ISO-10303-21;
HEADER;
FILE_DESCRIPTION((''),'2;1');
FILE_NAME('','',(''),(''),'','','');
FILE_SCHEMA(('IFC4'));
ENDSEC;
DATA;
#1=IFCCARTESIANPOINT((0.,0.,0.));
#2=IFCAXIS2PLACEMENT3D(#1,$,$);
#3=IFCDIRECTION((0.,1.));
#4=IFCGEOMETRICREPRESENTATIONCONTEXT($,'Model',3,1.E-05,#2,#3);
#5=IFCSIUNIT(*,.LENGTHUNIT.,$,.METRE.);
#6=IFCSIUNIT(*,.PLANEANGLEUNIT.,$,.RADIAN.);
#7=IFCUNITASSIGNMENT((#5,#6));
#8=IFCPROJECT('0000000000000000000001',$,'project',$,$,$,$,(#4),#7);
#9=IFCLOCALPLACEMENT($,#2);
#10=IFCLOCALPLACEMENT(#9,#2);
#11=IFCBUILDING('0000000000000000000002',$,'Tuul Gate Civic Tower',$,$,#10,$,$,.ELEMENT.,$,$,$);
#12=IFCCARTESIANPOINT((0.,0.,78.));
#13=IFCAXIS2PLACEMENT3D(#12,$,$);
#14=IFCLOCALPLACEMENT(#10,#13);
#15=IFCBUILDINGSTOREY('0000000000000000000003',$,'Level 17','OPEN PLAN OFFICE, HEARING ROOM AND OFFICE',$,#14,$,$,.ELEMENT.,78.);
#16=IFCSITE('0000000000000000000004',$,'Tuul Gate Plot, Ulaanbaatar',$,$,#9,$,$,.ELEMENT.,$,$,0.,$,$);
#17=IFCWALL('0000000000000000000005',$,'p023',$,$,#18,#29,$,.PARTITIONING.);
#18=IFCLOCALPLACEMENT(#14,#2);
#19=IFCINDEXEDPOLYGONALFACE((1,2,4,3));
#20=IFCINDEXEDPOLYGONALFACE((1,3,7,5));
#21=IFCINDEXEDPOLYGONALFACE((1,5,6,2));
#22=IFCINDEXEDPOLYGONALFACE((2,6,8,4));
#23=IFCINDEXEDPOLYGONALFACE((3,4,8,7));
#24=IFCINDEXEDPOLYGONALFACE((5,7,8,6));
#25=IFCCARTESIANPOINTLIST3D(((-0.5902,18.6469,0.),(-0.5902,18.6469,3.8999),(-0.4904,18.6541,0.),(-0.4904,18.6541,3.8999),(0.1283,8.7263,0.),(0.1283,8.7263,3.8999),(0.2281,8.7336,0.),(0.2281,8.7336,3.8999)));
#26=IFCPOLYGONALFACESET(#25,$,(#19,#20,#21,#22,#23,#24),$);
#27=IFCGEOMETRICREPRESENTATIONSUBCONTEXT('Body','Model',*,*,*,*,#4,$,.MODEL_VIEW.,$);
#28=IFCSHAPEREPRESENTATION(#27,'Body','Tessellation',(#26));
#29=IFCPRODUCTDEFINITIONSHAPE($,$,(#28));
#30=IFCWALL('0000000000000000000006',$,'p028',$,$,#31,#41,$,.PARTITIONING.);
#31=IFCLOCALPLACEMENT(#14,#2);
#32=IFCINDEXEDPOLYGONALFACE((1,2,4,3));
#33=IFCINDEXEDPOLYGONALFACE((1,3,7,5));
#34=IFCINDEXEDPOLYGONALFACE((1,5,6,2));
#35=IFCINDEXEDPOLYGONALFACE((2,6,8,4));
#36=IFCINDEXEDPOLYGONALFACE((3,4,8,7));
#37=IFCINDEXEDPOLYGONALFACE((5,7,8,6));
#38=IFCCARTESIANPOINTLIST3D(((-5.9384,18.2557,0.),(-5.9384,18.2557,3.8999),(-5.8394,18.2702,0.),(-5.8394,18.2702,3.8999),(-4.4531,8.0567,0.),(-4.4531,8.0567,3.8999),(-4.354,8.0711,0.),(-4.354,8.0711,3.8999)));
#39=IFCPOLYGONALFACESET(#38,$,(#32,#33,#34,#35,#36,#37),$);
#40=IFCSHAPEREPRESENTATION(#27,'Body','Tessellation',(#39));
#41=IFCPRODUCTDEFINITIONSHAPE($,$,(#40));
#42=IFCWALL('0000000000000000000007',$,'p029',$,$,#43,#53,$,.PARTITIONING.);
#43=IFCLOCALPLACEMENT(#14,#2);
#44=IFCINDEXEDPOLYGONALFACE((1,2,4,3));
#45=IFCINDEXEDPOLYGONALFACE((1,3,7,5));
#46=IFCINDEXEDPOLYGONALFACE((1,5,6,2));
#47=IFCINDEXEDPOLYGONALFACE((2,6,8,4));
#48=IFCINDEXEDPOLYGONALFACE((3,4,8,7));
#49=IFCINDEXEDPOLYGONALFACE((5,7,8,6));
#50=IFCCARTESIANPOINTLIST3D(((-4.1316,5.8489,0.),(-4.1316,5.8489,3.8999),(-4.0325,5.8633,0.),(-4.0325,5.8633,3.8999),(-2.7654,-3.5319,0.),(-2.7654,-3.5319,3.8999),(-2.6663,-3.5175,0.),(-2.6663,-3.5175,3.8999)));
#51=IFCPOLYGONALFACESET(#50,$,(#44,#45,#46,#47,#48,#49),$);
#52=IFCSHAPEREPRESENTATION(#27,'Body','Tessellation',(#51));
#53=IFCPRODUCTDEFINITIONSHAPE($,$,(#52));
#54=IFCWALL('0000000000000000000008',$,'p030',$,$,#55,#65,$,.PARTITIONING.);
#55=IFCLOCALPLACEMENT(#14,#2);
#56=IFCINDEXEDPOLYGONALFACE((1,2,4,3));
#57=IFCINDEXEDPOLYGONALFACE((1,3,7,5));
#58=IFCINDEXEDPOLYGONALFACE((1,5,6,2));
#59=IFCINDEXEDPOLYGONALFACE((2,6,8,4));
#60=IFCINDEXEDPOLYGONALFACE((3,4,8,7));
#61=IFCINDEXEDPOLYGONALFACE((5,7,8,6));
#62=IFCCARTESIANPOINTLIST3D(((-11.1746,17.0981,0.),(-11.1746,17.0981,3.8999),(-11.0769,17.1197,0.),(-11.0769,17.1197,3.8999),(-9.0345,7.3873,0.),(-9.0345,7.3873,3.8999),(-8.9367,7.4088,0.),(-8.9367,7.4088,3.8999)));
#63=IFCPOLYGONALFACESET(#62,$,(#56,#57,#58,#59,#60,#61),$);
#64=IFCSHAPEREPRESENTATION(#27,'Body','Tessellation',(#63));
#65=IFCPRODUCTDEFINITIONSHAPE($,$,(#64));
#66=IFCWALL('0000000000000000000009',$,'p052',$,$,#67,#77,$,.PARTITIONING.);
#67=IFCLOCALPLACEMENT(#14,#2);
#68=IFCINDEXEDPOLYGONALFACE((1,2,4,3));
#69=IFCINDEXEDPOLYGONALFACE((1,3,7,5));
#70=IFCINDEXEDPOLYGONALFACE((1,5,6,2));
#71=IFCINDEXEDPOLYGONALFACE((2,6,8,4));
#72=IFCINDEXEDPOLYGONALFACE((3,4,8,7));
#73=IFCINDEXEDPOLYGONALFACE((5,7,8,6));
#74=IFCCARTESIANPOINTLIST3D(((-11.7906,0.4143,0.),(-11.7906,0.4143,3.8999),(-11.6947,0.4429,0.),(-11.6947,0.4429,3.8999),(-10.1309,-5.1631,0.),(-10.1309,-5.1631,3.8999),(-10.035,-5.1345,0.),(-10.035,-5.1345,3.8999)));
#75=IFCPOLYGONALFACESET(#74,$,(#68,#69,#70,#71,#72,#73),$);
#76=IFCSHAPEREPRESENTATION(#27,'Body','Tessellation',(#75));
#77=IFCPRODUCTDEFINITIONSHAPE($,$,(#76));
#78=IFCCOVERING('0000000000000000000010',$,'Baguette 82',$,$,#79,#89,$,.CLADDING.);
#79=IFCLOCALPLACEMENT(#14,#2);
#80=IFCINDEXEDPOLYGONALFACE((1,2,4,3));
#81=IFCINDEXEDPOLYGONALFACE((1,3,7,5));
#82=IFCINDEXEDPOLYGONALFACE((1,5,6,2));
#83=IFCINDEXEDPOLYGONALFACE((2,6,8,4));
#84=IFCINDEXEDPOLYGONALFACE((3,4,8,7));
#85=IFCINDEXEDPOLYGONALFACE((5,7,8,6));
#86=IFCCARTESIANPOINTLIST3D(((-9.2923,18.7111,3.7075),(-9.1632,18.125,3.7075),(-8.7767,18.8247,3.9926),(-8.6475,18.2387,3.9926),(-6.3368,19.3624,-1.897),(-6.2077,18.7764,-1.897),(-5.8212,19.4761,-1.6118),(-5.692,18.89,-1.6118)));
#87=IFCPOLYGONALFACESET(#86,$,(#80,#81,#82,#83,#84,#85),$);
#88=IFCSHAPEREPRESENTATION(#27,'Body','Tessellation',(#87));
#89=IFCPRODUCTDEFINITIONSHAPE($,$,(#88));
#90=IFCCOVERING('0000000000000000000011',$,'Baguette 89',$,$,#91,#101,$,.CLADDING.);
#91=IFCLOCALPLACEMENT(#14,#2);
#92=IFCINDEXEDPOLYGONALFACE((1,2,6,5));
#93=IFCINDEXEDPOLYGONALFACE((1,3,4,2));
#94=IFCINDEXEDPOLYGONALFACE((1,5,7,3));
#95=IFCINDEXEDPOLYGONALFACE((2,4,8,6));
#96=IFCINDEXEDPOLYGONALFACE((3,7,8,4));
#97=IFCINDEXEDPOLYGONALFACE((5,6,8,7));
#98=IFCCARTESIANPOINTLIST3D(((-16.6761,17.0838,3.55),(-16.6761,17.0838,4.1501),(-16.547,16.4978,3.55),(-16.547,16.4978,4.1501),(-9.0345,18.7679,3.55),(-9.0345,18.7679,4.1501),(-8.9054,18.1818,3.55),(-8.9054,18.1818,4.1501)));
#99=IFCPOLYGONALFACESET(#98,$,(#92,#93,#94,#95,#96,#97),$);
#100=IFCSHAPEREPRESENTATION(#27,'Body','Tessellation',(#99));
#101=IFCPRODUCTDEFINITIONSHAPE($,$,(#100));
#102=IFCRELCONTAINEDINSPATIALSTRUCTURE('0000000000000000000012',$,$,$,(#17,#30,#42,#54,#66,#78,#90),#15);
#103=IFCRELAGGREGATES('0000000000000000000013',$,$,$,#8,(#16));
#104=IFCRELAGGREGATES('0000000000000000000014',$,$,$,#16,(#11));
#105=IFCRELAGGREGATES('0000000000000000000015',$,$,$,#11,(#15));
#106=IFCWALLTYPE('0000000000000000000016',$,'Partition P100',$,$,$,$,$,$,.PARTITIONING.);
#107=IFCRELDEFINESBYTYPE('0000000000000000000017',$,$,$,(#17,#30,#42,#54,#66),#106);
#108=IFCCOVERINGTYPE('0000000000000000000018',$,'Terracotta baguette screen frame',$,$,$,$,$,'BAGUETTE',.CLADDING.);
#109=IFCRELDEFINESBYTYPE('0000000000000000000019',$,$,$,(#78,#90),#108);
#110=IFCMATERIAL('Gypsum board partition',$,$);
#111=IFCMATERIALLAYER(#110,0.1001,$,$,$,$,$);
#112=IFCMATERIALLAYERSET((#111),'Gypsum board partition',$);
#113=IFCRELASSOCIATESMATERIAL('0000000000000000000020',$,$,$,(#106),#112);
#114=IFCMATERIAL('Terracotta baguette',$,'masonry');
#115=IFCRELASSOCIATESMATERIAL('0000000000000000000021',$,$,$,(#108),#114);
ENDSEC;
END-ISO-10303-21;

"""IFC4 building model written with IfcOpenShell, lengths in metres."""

from ifc_helpers import new_model, si_unit, direction, frame, frame_2d, origin, origin_2d, place, context, subcontext, project, spatial, rectangle, extrude, material, layer, layer_set, material_profile, profile_set, type_object, element, save


model = new_model("IFC4")

# Units and contexts
model_context = context("Model", 3, precision=1e-05, world=origin(), true_north=direction((0.0, 1.0)))
body_context = subcontext(model_context, "Body", "Model", "MODEL_VIEW")
ifc_project = project(units=[si_unit("LENGTHUNIT", "METRE"), si_unit("PLANEANGLEUNIT", "RADIAN")], contexts=[model_context])

# Site, building, storey
site_placement = place(None, origin())
site = spatial("IfcSite", under=ifc_project, at=site_placement, Name="Tuul Gate Plot, Ulaanbaatar", CompositionType="ELEMENT", RefElevation=0.0)
building_placement = place(site_placement, origin())
building = spatial("IfcBuilding", under=site, at=building_placement, Name="Tuul Gate Civic Tower", CompositionType="ELEMENT")
storey_placement = place(building_placement, frame((0.0, 0.0, 78.0)))
storey = spatial("IfcBuildingStorey", under=building, at=storey_placement, Name="Level 17", Description="OPEN PLAN OFFICE, HEARING ROOM AND OFFICE", CompositionType="ELEMENT", Elevation=78.0)

# Walls
ifc_material_1 = material(Name="Gypsum board partition")
ifc_layer_1 = layer(ifc_material_1, 0.1001)
ifc_layer_set_1 = layer_set([ifc_layer_1], Name="Gypsum board partition")
wall_type_1 = type_object("IfcWallType", Name="Partition P100", PredefinedType="PARTITIONING", material=ifc_layer_set_1)
wall_1_placement = place(storey_placement, frame((-0.5403, 18.6504, 0.0), z_axis=(0.0, 0.0, 1.0), x_axis=(0.072236, -0.997388, 0.0)))
element("IfcWall", 1, at=wall_1_placement, inside=storey, type_object=wall_type_1, Name="p023", PredefinedType="PARTITIONING", context=body_context, shape_type="SweptSolid", body=[
    extrude(rectangle(XDim=9.9465, YDim=0.1001, at=frame_2d((4.9731, 0.0))), origin(), (0.0, 0.0, 1.0), 3.8999),
])
wall_2_placement = place(storey_placement, frame((-5.8889, 18.2629, 0.0), z_axis=(0.0, 0.0, 1.0), x_axis=(0.144117, -0.989561, 0.0)))
element("IfcWall", 2, at=wall_2_placement, inside=storey, type_object=wall_type_1, Name="p028", PredefinedType="PARTITIONING", context=body_context, shape_type="SweptSolid", body=[
    extrude(rectangle(XDim=10.3066, YDim=0.1001, at=frame_2d((5.1533, 0.0))), origin(), (0.0, 0.0, 1.0), 3.8999),
])
wall_3_placement = place(storey_placement, frame((-4.082, 5.856, 0.0), z_axis=(0.0, 0.0, 1.0), x_axis=(0.144118, -0.989561, 0.0)))
element("IfcWall", 3, at=wall_3_placement, inside=storey, type_object=wall_type_1, Name="p029", PredefinedType="PARTITIONING", context=body_context, shape_type="SweptSolid", body=[
    extrude(rectangle(XDim=9.4797, YDim=0.1001, at=frame_2d((4.7397, 0.0))), origin(), (0.0, 0.0, 1.0), 3.8999),
])
wall_4_placement = place(storey_placement, frame((-11.1257, 17.1089, 0.0), z_axis=(0.0, 0.0, 1.0), x_axis=(0.21522, -0.976566, 0.0)))
element("IfcWall", 4, at=wall_4_placement, inside=storey, type_object=wall_type_1, Name="p030", PredefinedType="PARTITIONING", context=body_context, shape_type="SweptSolid", body=[
    extrude(rectangle(XDim=9.9438, YDim=0.1001, at=frame_2d((4.9719, 0.0))), origin(), (0.0, 0.0, 1.0), 3.8999),
])
wall_5_placement = place(storey_placement, frame((-11.7427, 0.4287, 0.0), z_axis=(0.0, 0.0, 1.0), x_axis=(0.285211, -0.958465, 0.0)))
element("IfcWall", 5, at=wall_5_placement, inside=storey, type_object=wall_type_1, Name="p052", PredefinedType="PARTITIONING", context=body_context, shape_type="SweptSolid", body=[
    extrude(rectangle(XDim=5.8191, YDim=0.1001, at=frame_2d((2.9097, 0.0))), origin(), (0.0, 0.0, 1.0), 3.8999),
])

# Coverings
ifc_material_2 = material(Name="Terracotta baguette", Category="masonry")
ifc_material_profile_1 = material_profile(ifc_material_2, rectangle(XDim=0.6001, YDim=0.6001, at=origin_2d()), Name="Terracotta baguette screen frame")
ifc_profile_set_1 = profile_set([ifc_material_profile_1], Name="Terracotta baguette")
covering_type = type_object("IfcCoveringType", Name="Terracotta baguette screen frame", ElementType="BAGUETTE", PredefinedType="CLADDING", material=ifc_profile_set_1)
covering_1_placement = place(storey_placement, frame((-6.0144, 19.1262, -1.7544), z_axis=(-0.464022, -0.102264, 0.879901), x_axis=(0.215222, -0.976565, 0.0)))
element("IfcCovering", 6, at=covering_1_placement, inside=storey, type_object=covering_type, Name="Baguette 82", PredefinedType="CLADDING", context=body_context, shape_type="SweptSolid", body=[
    extrude(rectangle(XDim=0.6001, YDim=0.6001, at=origin_2d()), origin(), (0.0, 0.0, 1.0), 6.3694),
])
covering_2_placement = place(storey_placement, frame((-8.97, 18.4749, 3.8501), z_axis=(-0.976566, -0.215219, 0.0), x_axis=(0.215219, -0.976566, 0.0)))
element("IfcCovering", 7, at=covering_2_placement, inside=storey, type_object=covering_type, Name="Baguette 89", PredefinedType="CLADDING", context=body_context, shape_type="SweptSolid", body=[
    extrude(rectangle(XDim=0.6001, YDim=0.6001, at=origin_2d()), origin(), (0.0, 0.0, 1.0), 7.825),
])

save(model, "model.ifc")
